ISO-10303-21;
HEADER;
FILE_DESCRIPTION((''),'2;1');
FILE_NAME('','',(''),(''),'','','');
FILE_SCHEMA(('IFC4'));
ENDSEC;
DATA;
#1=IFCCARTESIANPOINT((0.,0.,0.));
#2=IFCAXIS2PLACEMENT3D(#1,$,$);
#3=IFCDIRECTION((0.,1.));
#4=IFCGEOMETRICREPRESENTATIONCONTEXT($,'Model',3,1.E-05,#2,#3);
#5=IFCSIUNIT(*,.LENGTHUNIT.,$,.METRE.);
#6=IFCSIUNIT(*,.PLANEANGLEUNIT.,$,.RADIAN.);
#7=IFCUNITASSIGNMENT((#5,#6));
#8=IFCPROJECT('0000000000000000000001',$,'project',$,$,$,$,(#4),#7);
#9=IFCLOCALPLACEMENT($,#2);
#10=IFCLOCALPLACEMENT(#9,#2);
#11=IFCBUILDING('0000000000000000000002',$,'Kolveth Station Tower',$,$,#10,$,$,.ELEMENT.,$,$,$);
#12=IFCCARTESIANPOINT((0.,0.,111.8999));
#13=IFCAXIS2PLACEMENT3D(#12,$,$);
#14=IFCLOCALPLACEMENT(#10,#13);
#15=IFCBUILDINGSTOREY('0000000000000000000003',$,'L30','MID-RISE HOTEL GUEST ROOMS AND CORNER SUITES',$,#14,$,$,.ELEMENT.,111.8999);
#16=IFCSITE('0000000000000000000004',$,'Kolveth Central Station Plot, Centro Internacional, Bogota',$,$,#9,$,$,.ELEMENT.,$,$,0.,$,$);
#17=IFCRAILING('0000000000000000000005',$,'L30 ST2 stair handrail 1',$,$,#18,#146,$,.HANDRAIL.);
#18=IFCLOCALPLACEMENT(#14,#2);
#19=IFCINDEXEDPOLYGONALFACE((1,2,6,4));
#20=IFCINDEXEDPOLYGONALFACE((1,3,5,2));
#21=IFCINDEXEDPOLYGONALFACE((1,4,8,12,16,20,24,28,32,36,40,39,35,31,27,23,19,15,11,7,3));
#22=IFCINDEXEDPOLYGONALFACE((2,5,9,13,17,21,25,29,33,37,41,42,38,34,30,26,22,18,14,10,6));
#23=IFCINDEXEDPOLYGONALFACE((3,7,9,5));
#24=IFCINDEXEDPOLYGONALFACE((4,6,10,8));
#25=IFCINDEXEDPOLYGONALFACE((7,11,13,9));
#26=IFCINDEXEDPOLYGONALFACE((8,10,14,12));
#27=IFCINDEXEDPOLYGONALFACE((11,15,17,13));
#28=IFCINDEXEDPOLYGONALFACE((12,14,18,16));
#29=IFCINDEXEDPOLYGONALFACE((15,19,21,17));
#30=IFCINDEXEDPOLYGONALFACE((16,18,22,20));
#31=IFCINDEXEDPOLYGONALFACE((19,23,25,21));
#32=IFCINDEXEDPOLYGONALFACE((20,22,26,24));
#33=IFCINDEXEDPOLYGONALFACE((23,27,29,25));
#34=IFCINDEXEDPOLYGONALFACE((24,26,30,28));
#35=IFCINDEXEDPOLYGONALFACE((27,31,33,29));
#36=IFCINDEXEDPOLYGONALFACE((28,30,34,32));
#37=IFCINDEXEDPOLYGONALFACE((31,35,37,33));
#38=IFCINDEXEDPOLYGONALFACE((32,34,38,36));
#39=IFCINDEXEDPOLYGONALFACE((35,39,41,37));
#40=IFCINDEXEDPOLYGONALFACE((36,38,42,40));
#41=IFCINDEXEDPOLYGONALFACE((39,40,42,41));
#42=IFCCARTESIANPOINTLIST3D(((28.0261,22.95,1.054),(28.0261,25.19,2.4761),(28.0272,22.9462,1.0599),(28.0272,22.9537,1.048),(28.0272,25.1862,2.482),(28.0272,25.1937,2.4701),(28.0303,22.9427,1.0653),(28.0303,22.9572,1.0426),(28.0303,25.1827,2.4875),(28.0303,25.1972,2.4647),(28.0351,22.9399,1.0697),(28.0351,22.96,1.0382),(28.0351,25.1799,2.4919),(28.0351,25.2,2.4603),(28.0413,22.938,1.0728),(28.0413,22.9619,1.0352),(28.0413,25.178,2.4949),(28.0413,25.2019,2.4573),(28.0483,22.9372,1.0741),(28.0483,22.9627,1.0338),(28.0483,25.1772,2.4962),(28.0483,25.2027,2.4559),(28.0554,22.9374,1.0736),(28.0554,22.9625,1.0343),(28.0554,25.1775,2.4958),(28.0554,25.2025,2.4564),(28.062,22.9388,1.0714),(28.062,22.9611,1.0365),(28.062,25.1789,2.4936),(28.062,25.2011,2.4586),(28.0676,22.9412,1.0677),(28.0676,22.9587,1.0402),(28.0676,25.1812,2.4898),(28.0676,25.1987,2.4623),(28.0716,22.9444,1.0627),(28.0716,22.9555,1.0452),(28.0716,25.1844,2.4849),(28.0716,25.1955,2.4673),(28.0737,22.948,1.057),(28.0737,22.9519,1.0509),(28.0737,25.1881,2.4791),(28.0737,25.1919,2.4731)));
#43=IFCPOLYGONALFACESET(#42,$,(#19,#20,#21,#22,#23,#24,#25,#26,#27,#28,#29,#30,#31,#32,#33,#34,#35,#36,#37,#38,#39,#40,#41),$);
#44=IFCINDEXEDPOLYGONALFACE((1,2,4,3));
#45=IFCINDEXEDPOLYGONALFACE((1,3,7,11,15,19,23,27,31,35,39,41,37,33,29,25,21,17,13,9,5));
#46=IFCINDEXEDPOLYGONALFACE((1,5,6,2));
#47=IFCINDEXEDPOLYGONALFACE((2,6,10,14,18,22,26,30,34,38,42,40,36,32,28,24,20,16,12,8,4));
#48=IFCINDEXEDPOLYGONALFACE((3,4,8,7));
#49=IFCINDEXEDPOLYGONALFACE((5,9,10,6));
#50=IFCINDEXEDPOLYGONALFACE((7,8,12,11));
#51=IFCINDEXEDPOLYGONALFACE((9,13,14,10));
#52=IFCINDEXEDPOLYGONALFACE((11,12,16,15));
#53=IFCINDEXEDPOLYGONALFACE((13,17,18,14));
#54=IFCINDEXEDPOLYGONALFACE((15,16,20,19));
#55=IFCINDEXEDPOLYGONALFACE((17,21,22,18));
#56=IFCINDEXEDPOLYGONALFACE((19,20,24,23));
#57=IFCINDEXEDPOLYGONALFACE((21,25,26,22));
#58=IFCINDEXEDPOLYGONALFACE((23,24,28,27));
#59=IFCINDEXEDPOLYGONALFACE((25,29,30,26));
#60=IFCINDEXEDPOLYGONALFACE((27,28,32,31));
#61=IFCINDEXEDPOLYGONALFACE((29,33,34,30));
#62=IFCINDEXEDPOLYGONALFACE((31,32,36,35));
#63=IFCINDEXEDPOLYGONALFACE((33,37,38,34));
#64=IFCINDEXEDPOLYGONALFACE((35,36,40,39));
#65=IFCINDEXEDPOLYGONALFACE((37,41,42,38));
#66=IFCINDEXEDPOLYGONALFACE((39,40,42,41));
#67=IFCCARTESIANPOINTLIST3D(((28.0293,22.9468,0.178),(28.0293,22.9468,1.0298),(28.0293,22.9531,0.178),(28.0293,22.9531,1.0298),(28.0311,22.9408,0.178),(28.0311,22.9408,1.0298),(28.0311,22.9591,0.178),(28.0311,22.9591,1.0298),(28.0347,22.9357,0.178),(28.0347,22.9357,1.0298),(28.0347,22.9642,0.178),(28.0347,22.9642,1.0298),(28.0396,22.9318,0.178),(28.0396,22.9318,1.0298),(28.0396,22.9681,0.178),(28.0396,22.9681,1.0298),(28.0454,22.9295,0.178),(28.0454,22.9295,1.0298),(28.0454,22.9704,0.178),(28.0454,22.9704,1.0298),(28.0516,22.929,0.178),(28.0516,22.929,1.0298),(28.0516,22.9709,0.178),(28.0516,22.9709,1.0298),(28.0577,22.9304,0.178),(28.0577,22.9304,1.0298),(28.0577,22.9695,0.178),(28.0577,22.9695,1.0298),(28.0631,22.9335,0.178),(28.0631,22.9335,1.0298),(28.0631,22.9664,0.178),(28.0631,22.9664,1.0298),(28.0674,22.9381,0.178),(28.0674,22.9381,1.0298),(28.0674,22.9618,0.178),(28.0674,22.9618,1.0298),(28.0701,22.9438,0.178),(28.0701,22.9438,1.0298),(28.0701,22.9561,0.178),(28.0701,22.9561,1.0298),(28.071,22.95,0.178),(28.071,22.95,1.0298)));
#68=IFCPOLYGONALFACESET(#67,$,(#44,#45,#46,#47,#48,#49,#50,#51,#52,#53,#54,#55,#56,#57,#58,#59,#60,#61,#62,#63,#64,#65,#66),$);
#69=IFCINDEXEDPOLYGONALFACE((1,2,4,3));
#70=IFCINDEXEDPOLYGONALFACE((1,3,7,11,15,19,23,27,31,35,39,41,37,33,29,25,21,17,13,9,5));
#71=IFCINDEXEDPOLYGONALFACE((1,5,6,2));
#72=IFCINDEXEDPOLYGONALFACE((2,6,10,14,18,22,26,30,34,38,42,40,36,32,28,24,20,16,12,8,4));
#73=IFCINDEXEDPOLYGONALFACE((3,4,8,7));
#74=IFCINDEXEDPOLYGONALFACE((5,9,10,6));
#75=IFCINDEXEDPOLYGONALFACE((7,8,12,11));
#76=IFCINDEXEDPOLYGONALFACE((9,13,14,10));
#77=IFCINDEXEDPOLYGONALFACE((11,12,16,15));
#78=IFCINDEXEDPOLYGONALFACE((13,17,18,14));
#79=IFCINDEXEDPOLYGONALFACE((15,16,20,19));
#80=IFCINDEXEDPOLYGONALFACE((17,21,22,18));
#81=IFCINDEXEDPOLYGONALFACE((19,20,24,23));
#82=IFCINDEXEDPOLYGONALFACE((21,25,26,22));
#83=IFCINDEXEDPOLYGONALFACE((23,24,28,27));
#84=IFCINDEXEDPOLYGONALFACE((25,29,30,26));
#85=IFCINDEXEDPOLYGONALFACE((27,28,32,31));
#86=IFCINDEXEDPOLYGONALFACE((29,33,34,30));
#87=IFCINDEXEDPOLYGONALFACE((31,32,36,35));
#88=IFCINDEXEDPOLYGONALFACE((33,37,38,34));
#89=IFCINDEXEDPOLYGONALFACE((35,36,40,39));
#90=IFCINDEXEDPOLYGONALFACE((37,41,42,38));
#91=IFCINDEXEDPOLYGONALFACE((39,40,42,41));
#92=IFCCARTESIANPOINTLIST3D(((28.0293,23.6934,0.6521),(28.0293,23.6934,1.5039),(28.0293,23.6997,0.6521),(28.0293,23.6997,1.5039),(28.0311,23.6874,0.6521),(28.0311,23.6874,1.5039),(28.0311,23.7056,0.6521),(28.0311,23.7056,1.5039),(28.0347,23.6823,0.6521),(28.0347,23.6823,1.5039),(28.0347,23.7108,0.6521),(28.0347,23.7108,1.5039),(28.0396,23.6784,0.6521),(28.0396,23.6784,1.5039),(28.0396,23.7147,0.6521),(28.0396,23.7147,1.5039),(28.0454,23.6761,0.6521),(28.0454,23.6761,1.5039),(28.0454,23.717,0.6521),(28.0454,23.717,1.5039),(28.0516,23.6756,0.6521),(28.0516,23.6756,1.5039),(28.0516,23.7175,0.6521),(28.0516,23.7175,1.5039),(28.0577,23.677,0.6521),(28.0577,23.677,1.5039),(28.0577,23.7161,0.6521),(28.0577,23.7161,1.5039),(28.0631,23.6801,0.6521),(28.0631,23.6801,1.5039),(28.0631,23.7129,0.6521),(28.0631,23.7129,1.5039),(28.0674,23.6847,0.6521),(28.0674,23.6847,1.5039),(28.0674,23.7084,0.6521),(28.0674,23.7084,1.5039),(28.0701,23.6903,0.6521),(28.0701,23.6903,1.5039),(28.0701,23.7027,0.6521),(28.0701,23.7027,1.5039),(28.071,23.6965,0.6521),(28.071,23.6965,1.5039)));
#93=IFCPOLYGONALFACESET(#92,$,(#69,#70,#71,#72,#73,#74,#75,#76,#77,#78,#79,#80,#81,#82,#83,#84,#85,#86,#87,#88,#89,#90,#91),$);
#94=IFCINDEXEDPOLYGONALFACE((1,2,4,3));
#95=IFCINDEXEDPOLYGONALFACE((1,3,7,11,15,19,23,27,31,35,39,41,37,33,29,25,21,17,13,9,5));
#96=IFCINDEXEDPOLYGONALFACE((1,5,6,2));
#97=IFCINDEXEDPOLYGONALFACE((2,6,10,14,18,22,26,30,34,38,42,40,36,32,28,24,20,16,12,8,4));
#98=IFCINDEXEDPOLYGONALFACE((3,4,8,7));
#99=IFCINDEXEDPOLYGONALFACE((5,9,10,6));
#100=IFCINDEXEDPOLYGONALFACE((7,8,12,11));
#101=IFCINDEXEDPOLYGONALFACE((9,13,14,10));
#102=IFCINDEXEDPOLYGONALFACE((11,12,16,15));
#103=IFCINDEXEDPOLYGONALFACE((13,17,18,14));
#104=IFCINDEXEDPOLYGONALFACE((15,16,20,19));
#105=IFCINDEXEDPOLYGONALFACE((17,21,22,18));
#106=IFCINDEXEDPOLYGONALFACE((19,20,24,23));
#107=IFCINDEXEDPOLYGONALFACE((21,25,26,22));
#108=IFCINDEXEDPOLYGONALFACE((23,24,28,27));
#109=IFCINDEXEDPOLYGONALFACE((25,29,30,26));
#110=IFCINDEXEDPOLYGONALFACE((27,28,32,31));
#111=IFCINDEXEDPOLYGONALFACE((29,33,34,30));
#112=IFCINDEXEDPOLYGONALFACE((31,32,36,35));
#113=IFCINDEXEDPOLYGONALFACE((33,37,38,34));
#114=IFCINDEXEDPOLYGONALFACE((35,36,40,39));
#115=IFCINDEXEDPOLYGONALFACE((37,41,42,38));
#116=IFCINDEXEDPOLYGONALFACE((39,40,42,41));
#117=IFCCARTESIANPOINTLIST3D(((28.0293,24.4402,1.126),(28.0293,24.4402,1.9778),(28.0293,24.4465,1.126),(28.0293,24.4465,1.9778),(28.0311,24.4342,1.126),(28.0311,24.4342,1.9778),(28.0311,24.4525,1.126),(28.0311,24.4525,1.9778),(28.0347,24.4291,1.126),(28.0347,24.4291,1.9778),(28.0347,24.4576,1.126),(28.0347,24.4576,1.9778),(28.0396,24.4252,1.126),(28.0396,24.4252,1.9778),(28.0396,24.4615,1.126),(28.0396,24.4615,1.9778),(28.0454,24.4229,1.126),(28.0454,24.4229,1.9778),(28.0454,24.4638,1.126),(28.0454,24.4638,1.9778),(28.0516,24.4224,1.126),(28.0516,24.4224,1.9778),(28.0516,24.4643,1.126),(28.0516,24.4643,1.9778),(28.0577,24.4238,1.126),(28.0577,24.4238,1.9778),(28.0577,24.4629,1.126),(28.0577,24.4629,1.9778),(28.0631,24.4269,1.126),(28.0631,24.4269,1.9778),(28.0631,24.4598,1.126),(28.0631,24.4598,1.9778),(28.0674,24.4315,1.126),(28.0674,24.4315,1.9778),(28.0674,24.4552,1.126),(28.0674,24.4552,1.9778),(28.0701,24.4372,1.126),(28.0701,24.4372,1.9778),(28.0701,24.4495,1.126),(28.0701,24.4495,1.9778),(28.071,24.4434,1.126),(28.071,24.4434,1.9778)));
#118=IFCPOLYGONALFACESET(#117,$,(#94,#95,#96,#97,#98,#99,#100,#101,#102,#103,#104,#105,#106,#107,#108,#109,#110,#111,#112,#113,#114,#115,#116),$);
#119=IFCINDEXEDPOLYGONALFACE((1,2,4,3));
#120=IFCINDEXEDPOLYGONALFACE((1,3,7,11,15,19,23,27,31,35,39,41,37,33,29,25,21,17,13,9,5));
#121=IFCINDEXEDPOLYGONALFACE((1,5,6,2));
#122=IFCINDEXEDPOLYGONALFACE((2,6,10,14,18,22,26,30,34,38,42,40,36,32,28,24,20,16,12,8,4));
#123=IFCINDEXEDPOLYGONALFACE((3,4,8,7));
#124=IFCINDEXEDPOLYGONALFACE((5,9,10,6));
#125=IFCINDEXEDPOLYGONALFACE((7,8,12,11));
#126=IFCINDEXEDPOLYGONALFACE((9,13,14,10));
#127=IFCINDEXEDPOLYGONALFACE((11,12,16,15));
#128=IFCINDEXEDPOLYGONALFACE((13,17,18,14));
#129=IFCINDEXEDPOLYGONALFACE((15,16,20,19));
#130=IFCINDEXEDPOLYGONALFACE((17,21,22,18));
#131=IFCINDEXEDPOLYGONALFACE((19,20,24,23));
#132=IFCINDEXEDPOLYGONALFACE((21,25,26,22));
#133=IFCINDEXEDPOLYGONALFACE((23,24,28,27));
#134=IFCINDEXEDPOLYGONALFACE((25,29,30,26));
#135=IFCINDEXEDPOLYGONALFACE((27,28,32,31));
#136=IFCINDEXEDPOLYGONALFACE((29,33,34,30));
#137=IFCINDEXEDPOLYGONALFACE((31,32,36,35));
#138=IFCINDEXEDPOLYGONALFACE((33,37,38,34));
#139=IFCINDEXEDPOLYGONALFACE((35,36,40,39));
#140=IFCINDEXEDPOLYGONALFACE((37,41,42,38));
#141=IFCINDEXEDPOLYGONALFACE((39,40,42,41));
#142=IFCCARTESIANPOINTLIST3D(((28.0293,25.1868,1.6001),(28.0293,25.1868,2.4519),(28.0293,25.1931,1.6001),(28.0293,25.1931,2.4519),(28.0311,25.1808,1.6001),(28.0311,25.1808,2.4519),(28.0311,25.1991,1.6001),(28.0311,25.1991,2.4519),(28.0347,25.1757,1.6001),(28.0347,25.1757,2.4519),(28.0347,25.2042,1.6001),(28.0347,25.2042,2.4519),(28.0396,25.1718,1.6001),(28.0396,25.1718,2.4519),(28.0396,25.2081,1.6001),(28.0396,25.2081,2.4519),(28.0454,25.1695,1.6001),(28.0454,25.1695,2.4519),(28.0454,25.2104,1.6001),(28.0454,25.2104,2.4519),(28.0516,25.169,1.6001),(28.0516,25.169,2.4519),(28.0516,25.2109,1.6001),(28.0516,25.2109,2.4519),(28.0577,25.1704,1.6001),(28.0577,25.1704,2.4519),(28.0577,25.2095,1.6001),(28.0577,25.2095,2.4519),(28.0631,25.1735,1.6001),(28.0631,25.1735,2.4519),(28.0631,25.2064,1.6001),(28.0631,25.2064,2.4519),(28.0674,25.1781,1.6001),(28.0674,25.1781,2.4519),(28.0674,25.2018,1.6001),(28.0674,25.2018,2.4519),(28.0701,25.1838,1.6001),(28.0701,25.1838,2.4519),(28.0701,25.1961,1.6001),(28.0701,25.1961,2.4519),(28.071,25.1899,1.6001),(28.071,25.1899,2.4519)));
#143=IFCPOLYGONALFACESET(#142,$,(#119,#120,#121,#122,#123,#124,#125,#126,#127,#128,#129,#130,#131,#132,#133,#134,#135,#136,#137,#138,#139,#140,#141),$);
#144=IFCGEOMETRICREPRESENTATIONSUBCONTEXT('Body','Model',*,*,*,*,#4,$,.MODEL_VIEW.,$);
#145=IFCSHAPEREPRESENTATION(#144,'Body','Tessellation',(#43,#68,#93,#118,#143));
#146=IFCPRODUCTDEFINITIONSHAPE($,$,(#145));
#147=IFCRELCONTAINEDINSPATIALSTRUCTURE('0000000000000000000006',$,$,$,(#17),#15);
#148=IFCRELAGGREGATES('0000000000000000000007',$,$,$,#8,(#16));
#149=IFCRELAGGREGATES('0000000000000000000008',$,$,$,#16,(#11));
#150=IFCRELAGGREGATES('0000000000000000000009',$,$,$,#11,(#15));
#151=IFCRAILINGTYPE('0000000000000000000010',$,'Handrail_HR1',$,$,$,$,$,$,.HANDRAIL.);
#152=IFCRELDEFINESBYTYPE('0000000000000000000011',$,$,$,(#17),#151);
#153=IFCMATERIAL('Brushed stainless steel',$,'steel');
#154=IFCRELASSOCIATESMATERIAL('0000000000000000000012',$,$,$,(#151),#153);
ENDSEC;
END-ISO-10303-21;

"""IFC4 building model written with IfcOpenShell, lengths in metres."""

from ifc_helpers import new_model, si_unit, direction, frame, origin, origin_2d, place, context, subcontext, project, spatial, circle, extrude, material, type_object, element, save


model = new_model("IFC4")

# Units and contexts
model_context = context("Model", 3, precision=1e-05, world=origin(), true_north=direction((0.0, 1.0)))
body_context = subcontext(model_context, "Body", "Model", "MODEL_VIEW")
ifc_project = project(units=[si_unit("LENGTHUNIT", "METRE"), si_unit("PLANEANGLEUNIT", "RADIAN")], contexts=[model_context])

# Site, building, storey
site_placement = place(None, origin())
site = spatial("IfcSite", under=ifc_project, at=site_placement, Name="Kolveth Central Station Plot, Centro Internacional, Bogota", CompositionType="ELEMENT", RefElevation=0.0)
building_placement = place(site_placement, origin())
building = spatial("IfcBuilding", under=site, at=building_placement, Name="Kolveth Station Tower", CompositionType="ELEMENT")
storey_placement = place(building_placement, frame((0.0, 0.0, 111.8999)))
storey = spatial("IfcBuildingStorey", under=building, at=storey_placement, Name="L30", Description="MID-RISE HOTEL GUEST ROOMS AND CORNER SUITES", CompositionType="ELEMENT", Elevation=111.8999)

# Railing
ifc_material_1 = material(Name="Brushed stainless steel", Category="steel")
railing_type_1 = type_object("IfcRailingType", Name="Handrail_HR1", PredefinedType="HANDRAIL", material=ifc_material_1)
railing_1_placement = place(storey_placement, frame((28.05, 22.95, 0.178)))
element("IfcRailing", 1, at=railing_1_placement, inside=storey, type_object=railing_type_1, Name="L30 ST2 stair handrail 1", PredefinedType="HANDRAIL", context=body_context, shape_type="SweptSolid", body=[
    extrude(circle(Radius=0.0239, at=origin_2d()), frame((0.0, 0.0, 0.876), z_axis=(0.0, 0.844229, 0.535982), x_axis=(-1.0, 0.0, 0.0)), (0.0, 0.0, 1.0), 2.6533),
    extrude(circle(Radius=0.021, at=origin_2d()), origin(), (0.0, 0.0, 1.0), 0.8518),
    extrude(circle(Radius=0.021, at=origin_2d()), frame((0.0, 0.7466, 0.4741)), (0.0, 0.0, 1.0), 0.8518),
    extrude(circle(Radius=0.021, at=origin_2d()), frame((0.0, 1.4934, 0.948)), (0.0, 0.0, 1.0), 0.8518),
    extrude(circle(Radius=0.021, at=origin_2d()), frame((0.0, 2.24, 1.4221)), (0.0, 0.0, 1.0), 0.8518),
])

save(model, "model.ifc")
